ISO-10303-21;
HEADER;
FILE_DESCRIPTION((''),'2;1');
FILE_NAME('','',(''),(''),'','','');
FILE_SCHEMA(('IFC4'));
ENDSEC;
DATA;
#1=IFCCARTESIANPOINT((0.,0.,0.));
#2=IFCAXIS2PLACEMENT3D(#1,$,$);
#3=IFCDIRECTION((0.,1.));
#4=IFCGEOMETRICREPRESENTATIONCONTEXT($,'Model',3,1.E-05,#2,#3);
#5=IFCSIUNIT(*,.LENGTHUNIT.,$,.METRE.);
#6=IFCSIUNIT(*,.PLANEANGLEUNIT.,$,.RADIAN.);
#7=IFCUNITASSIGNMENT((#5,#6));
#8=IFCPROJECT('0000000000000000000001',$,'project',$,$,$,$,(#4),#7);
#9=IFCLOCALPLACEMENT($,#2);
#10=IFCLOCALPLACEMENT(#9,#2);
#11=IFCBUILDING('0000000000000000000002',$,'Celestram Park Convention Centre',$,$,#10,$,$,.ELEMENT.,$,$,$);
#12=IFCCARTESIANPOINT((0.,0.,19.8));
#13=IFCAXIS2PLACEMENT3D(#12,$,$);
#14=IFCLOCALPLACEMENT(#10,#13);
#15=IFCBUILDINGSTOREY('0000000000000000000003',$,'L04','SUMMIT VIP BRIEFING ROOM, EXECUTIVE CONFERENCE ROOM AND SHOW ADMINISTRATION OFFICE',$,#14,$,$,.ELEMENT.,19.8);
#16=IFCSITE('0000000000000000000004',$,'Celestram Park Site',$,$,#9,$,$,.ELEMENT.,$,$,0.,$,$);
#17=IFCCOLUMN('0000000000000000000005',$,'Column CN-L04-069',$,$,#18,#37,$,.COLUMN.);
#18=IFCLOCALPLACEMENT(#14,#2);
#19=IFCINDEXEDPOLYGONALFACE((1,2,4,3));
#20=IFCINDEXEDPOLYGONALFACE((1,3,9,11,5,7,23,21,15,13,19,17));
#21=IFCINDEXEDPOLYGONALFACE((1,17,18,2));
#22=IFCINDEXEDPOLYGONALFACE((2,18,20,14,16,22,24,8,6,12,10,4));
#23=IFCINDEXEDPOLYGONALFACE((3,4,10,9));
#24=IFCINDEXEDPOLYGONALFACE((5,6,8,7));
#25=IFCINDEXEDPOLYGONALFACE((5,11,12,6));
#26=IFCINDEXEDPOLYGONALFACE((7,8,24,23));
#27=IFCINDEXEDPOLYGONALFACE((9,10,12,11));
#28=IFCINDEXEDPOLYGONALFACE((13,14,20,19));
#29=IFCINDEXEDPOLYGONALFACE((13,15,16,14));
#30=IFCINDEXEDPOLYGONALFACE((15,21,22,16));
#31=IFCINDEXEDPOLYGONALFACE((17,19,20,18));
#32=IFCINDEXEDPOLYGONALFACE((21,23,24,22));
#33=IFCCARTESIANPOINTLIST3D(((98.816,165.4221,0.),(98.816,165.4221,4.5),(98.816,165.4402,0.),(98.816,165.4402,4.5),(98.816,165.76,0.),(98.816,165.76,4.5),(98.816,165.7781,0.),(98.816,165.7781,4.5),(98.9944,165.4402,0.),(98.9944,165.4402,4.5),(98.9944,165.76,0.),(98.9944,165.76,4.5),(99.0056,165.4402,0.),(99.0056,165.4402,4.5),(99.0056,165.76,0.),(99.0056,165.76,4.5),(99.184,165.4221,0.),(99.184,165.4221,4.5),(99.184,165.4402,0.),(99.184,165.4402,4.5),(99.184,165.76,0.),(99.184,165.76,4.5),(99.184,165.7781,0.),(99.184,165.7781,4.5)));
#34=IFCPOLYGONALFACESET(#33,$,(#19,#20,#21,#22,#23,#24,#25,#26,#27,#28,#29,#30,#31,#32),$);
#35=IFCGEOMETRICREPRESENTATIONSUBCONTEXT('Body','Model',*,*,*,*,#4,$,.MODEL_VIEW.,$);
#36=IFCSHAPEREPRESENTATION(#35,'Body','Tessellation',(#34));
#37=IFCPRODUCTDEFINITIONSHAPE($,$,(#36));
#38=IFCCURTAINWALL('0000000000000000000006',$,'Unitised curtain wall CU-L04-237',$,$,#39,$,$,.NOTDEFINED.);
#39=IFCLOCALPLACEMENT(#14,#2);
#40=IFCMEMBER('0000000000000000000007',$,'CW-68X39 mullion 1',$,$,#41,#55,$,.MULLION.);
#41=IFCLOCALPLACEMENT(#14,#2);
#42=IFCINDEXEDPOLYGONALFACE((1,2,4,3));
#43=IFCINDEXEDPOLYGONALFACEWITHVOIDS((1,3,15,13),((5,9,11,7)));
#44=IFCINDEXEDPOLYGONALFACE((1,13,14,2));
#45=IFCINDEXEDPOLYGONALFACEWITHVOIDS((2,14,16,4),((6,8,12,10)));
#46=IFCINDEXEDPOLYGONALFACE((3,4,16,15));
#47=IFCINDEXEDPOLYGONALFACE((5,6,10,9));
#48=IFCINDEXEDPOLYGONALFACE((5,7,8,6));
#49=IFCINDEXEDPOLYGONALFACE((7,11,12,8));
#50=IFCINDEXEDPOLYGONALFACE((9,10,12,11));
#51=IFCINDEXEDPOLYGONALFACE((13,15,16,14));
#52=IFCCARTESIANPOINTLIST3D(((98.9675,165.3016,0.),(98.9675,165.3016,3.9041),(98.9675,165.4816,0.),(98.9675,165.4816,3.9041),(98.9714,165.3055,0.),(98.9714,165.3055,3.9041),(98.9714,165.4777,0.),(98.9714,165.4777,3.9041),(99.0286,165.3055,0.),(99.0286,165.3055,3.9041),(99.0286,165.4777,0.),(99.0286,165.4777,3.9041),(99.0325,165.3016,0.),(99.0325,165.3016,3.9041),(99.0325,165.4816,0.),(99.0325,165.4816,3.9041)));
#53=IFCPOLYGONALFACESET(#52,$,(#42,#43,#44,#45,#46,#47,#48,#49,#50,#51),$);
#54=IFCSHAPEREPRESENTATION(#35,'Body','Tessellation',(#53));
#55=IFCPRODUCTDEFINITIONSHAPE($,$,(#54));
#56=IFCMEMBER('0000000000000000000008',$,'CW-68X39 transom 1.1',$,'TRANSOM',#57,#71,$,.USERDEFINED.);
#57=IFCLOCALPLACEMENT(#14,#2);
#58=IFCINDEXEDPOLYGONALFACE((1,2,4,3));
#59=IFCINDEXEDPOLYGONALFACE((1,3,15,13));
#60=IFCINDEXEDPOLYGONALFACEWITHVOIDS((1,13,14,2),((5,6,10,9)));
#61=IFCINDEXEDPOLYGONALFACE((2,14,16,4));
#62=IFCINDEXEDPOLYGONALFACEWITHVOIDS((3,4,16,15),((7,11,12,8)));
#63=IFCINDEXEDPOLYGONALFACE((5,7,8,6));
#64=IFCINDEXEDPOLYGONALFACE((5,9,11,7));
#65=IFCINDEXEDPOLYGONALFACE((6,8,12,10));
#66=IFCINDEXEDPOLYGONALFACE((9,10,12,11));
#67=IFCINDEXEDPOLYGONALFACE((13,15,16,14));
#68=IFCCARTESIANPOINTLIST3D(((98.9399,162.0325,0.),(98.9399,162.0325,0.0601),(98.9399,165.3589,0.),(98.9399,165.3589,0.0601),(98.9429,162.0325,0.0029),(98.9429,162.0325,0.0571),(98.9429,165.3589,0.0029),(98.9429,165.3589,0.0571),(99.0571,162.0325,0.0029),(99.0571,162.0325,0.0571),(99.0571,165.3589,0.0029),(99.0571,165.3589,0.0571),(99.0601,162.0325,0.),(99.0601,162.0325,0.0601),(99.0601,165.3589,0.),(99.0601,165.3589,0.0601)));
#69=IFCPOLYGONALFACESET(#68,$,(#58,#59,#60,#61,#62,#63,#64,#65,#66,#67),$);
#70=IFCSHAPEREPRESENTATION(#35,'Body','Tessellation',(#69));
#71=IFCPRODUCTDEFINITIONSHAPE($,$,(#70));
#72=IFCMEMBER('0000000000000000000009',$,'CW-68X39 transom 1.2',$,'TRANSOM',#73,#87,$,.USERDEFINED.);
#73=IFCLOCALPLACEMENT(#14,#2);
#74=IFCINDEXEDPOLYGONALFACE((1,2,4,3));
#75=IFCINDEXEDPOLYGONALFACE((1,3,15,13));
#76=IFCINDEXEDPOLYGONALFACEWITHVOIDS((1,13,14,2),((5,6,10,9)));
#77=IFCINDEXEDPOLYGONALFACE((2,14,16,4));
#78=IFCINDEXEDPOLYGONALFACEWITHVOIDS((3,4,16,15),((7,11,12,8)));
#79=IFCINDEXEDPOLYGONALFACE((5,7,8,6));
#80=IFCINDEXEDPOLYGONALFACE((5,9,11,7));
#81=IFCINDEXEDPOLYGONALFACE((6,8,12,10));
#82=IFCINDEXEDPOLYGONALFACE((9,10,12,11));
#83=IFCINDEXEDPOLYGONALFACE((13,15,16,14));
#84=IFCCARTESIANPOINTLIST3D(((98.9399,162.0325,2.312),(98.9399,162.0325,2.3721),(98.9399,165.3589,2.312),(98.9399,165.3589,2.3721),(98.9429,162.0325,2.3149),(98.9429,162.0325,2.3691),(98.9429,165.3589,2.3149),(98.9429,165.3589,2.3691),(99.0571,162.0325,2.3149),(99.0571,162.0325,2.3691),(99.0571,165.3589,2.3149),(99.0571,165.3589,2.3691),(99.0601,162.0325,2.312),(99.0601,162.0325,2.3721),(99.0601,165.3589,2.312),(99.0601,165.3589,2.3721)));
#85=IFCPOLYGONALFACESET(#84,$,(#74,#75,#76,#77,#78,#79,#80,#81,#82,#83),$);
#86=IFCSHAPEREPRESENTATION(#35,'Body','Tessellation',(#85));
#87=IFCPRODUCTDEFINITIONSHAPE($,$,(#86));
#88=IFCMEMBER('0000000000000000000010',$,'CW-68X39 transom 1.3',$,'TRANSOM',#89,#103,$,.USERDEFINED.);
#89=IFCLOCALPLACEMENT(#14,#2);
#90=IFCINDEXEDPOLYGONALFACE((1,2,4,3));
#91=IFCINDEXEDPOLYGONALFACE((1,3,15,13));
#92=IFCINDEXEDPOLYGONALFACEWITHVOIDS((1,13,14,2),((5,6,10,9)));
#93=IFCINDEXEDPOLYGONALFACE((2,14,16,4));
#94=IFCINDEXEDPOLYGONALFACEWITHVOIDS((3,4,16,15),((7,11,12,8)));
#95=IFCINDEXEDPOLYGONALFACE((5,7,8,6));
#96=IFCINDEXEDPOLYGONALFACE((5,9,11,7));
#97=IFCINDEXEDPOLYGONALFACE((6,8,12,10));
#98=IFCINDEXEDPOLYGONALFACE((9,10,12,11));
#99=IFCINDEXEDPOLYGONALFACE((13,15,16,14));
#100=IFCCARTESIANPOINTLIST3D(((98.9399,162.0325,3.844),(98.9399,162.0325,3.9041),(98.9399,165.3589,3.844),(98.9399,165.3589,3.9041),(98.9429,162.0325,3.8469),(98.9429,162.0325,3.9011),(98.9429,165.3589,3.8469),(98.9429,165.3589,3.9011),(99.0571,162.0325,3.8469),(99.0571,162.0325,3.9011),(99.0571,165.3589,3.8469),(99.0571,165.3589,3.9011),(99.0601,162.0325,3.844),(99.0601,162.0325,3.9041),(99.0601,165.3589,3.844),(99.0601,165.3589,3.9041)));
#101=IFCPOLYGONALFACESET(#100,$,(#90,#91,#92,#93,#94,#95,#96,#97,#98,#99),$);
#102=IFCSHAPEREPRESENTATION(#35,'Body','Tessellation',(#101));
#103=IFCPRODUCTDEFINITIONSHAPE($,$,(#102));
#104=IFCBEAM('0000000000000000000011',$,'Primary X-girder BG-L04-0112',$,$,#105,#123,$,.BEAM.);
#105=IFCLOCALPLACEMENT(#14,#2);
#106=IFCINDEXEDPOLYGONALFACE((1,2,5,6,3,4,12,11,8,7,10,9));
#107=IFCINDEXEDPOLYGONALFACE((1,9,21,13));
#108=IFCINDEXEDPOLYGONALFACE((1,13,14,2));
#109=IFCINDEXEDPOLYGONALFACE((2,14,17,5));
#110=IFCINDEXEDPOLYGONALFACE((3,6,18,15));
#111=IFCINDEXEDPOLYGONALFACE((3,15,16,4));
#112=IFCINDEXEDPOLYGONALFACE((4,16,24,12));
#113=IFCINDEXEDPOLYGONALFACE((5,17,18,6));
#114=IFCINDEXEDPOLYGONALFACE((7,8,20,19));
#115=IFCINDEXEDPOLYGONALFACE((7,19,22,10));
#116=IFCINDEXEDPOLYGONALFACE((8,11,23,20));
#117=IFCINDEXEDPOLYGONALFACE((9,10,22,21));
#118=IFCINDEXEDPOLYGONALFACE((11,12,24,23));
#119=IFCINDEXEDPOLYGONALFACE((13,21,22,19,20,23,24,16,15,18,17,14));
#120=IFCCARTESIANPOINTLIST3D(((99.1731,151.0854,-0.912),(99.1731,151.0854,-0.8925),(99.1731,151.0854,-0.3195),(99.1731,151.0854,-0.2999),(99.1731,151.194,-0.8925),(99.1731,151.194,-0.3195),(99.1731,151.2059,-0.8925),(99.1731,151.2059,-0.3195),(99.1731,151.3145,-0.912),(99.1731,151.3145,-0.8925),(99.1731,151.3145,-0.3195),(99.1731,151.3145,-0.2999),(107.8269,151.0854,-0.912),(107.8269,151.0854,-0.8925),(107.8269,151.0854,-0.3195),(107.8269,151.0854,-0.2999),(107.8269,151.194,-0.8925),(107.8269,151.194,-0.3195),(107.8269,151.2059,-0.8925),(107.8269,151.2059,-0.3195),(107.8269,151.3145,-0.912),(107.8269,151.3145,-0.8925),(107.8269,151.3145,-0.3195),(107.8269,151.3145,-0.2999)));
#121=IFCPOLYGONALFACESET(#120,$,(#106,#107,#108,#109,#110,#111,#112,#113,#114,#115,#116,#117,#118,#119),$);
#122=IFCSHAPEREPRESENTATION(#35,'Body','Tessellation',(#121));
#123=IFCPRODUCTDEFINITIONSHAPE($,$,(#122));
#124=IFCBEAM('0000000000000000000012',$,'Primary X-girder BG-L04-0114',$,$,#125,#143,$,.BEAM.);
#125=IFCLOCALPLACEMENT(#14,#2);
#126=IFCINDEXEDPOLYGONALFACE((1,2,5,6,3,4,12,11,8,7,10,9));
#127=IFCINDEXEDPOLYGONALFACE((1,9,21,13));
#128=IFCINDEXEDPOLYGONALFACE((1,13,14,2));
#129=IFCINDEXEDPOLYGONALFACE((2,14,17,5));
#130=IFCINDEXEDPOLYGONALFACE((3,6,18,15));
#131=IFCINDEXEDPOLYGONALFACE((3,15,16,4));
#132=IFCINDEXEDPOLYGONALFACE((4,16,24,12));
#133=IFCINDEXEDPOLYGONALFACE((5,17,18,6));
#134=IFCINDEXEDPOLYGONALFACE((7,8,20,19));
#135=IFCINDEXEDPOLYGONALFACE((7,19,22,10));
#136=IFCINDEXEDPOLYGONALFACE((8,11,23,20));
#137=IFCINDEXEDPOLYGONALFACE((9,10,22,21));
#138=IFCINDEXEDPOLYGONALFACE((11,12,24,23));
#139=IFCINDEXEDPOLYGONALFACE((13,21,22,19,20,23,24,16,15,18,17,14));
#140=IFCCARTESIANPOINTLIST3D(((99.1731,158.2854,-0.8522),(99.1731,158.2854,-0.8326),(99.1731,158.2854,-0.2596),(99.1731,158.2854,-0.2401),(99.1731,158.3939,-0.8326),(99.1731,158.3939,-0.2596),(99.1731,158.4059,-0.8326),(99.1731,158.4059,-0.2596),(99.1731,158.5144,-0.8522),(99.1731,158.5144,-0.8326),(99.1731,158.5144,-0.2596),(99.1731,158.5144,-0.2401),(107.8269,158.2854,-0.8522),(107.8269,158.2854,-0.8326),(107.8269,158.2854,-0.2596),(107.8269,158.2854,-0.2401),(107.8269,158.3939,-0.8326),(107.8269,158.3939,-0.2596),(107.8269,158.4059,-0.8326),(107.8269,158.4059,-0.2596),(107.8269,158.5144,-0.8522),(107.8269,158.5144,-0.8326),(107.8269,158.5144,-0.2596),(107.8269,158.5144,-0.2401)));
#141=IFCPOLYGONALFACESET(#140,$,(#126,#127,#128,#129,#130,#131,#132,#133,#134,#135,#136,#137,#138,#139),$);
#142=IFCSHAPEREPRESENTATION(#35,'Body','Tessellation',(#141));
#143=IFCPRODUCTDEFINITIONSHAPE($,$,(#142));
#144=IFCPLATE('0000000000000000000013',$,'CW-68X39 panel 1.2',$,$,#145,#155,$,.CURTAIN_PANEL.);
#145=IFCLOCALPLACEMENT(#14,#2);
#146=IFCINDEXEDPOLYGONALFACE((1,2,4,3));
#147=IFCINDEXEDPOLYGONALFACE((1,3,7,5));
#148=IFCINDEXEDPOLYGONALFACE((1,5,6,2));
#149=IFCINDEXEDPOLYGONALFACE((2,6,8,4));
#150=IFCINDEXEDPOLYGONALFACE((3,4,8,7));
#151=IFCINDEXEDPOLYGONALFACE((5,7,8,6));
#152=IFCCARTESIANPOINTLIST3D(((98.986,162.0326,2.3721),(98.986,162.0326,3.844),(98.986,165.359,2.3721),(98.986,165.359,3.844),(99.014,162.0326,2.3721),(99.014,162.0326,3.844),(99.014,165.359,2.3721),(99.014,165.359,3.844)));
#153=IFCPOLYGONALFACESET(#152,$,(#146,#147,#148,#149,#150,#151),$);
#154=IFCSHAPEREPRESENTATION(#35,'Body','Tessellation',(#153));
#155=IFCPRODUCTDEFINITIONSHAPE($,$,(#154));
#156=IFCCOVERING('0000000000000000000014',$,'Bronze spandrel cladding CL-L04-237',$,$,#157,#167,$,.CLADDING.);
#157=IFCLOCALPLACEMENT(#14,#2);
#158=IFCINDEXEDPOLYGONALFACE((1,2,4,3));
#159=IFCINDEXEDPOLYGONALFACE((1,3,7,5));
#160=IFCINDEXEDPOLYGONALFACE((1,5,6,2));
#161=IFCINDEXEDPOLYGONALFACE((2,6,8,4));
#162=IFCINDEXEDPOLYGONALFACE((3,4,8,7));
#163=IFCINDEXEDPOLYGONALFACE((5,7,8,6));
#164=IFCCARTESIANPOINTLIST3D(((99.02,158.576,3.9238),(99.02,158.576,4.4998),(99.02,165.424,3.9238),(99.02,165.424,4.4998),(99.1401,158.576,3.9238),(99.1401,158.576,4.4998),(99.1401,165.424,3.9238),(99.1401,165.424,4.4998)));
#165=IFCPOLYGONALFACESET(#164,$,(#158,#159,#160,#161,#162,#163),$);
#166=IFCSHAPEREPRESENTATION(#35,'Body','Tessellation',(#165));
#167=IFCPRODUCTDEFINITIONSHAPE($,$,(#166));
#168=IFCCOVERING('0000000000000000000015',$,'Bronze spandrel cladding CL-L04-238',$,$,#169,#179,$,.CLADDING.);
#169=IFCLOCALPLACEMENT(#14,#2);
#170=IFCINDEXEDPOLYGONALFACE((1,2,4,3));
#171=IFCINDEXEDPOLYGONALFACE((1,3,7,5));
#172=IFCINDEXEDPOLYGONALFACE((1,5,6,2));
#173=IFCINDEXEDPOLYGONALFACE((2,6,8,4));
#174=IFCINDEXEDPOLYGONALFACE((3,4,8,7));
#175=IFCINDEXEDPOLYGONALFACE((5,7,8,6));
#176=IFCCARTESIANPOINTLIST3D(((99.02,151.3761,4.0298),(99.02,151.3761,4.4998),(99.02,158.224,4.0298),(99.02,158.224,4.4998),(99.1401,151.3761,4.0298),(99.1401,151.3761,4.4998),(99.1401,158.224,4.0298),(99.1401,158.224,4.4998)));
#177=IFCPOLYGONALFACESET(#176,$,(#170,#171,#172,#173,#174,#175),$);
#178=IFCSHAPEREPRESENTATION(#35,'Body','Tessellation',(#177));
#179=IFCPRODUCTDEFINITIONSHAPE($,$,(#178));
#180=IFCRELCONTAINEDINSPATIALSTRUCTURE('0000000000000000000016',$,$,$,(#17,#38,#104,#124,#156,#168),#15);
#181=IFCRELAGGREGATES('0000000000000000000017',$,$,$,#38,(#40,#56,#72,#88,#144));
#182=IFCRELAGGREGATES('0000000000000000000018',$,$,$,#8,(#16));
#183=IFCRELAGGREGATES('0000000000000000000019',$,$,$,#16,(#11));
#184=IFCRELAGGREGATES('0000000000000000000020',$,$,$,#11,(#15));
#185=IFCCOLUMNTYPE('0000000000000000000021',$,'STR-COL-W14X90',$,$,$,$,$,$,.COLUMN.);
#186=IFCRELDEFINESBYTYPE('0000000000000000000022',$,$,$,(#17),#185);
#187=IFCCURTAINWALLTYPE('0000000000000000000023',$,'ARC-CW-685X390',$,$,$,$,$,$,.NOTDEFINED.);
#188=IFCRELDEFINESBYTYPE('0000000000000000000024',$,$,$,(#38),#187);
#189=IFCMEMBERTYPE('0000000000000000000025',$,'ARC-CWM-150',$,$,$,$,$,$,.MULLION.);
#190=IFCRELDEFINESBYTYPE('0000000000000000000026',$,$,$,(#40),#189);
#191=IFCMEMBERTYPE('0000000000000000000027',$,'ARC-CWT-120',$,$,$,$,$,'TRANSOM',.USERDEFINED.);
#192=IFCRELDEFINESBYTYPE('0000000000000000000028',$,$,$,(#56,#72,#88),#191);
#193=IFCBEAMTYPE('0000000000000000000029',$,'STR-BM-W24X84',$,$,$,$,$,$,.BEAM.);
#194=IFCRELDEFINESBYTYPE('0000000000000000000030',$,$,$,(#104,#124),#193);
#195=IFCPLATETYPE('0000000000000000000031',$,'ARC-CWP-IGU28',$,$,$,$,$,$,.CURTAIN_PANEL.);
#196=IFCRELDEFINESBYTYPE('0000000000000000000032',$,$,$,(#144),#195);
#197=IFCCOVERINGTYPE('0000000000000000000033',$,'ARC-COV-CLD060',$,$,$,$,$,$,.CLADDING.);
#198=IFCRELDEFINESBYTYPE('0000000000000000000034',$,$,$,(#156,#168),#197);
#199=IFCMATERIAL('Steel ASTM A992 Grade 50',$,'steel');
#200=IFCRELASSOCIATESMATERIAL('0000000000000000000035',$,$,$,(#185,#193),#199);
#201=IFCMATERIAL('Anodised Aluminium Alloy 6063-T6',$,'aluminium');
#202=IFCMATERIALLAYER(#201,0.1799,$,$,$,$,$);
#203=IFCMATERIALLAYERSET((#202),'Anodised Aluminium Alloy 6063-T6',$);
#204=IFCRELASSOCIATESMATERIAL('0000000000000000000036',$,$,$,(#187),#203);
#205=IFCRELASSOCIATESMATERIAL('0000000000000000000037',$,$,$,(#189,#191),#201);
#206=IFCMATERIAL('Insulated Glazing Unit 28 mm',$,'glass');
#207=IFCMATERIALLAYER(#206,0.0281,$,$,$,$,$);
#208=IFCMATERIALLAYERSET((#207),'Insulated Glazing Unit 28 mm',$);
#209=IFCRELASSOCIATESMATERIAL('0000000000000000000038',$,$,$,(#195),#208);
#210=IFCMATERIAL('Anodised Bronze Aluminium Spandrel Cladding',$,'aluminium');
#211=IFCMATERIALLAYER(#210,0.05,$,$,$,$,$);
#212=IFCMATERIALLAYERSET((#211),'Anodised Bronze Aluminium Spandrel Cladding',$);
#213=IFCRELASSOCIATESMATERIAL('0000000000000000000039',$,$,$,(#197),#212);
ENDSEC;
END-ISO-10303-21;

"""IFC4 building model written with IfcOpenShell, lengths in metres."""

from ifc_helpers import new_model, si_unit, direction, frame, origin, origin_2d, place, context, subcontext, project, spatial, rectangle, hollow_rectangle, i_section, extrude, material, layer, layer_set, material_profile, profile_set, type_object, element, aggregate, save


model = new_model("IFC4")

# Units and contexts
model_context = context("Model", 3, precision=1e-05, world=origin(), true_north=direction((0.0, 1.0)))
body_context = subcontext(model_context, "Body", "Model", "MODEL_VIEW")
ifc_project = project(units=[si_unit("LENGTHUNIT", "METRE"), si_unit("PLANEANGLEUNIT", "RADIAN")], contexts=[model_context])

# Site, building, storey
site_placement = place(None, origin())
site = spatial("IfcSite", under=ifc_project, at=site_placement, Name="Celestram Park Site", CompositionType="ELEMENT", RefElevation=0.0)
building_placement = place(site_placement, origin())
building = spatial("IfcBuilding", under=site, at=building_placement, Name="Celestram Park Convention Centre", CompositionType="ELEMENT")
storey_placement = place(building_placement, frame((0.0, 0.0, 19.8)))
storey = spatial("IfcBuildingStorey", under=building, at=storey_placement, Name="L04", Description="SUMMIT VIP BRIEFING ROOM, EXECUTIVE CONFERENCE ROOM AND SHOW ADMINISTRATION OFFICE", CompositionType="ELEMENT", Elevation=19.8)

# Column
ifc_material_1 = material(Name="Steel ASTM A992 Grade 50", Category="steel")
ifc_material_profile_1 = material_profile(ifc_material_1, i_section(OverallWidth=0.3679, OverallDepth=0.356, WebThickness=0.0112, FlangeThickness=0.0181, at=origin_2d()), Name="W14X90")
ifc_profile_set_1 = profile_set([ifc_material_profile_1], Name="Steel ASTM A992 Grade 50")
column_type = type_object("IfcColumnType", Name="STR-COL-W14X90", PredefinedType="COLUMN", material=ifc_profile_set_1)
column_placement = place(storey_placement, frame((99.0, 165.6001, 0.0), z_axis=(0.0, 0.0, 1.0), x_axis=(1.0, 0.0, 0.0)))
element("IfcColumn", 1, at=column_placement, inside=storey, type_object=column_type, Name="Column CN-L04-069", PredefinedType="COLUMN", context=body_context, shape_type="SweptSolid", body=[
    extrude(i_section(OverallWidth=0.3679, OverallDepth=0.356, WebThickness=0.0112, FlangeThickness=0.0181, at=origin_2d()), origin(), (0.0, 0.0, 1.0), 4.5),
])

# Curtain wall, members
ifc_material_2 = material(Name="Anodised Aluminium Alloy 6063-T6", Category="aluminium")
ifc_layer_1 = layer(ifc_material_2, 0.1799)
ifc_layer_set_1 = layer_set([ifc_layer_1], Name="Anodised Aluminium Alloy 6063-T6")
curtain_wall_type = type_object("IfcCurtainWallType", Name="ARC-CW-685X390", PredefinedType="NOTDEFINED", material=ifc_layer_set_1)
curtain_wall_placement = place(storey_placement, origin())
curtain_wall = element("IfcCurtainWall", 2, at=curtain_wall_placement, inside=storey, type_object=curtain_wall_type, Name="Unitised curtain wall CU-L04-237", PredefinedType="NOTDEFINED")
ifc_material_profile_2 = material_profile(ifc_material_2, hollow_rectangle(XDim=0.0649, YDim=0.1799, WallThickness=0.0039, at=origin_2d()), Name="ALU65X180X4")
ifc_profile_set_2 = profile_set([ifc_material_profile_2], Name="Anodised Aluminium Alloy 6063-T6")
member_type_1 = type_object("IfcMemberType", Name="ARC-CWM-150", PredefinedType="MULLION", material=ifc_profile_set_2)
member_1_placement = place(storey_placement, frame((99.0, 165.3916, 0.0), z_axis=(0.0, 0.0, 1.0), x_axis=(1.0, 0.0, 0.0)))
member_1 = element("IfcMember", 3, at=member_1_placement, type_object=member_type_1, Name="CW-68X39 mullion 1", PredefinedType="MULLION", context=body_context, shape_type="SweptSolid", body=[
    extrude(hollow_rectangle(XDim=0.0649, YDim=0.1799, WallThickness=0.0039, at=origin_2d()), origin(), (0.0, 0.0, 1.0), 3.9041),
])
ifc_material_profile_3 = material_profile(ifc_material_2, hollow_rectangle(XDim=0.1201, YDim=0.0601, WallThickness=0.0029, at=origin_2d()), Name="ALU120X60X3")
ifc_profile_set_3 = profile_set([ifc_material_profile_3], Name="Anodised Aluminium Alloy 6063-T6")
member_type_2 = type_object("IfcMemberType", Name="ARC-CWT-120", ElementType="TRANSOM", PredefinedType="USERDEFINED", material=ifc_profile_set_3)
member_2_placement = place(storey_placement, frame((99.0, 165.3589, 0.03), z_axis=(0.0, -1.0, 0.0), x_axis=(1.0, 0.0, 0.0)))
member_2 = element("IfcMember", 4, at=member_2_placement, type_object=member_type_2, Name="CW-68X39 transom 1.1", ObjectType="TRANSOM", PredefinedType="USERDEFINED", context=body_context, shape_type="SweptSolid", body=[
    extrude(hollow_rectangle(XDim=0.1201, YDim=0.0601, WallThickness=0.0029, at=origin_2d()), origin(), (0.0, 0.0, 1.0), 3.3264),
])
member_3_placement = place(storey_placement, frame((99.0, 165.3589, 2.342), z_axis=(0.0, -1.0, 0.0), x_axis=(1.0, 0.0, 0.0)))
member_3 = element("IfcMember", 5, at=member_3_placement, type_object=member_type_2, Name="CW-68X39 transom 1.2", ObjectType="TRANSOM", PredefinedType="USERDEFINED", context=body_context, shape_type="SweptSolid", body=[
    extrude(hollow_rectangle(XDim=0.1201, YDim=0.0601, WallThickness=0.0029, at=origin_2d()), origin(), (0.0, 0.0, 1.0), 3.3264),
])
member_4_placement = place(storey_placement, frame((99.0, 165.3589, 3.874), z_axis=(0.0, -1.0, 0.0), x_axis=(1.0, 0.0, 0.0)))
member_4 = element("IfcMember", 6, at=member_4_placement, type_object=member_type_2, Name="CW-68X39 transom 1.3", ObjectType="TRANSOM", PredefinedType="USERDEFINED", context=body_context, shape_type="SweptSolid", body=[
    extrude(hollow_rectangle(XDim=0.1201, YDim=0.0601, WallThickness=0.0029, at=origin_2d()), origin(), (0.0, 0.0, 1.0), 3.3264),
])

# Beams
ifc_material_profile_4 = material_profile(ifc_material_1, i_section(OverallWidth=0.229, OverallDepth=0.6121, WebThickness=0.012, FlangeThickness=0.0195, at=origin_2d()), Name="W24X84")
ifc_profile_set_4 = profile_set([ifc_material_profile_4], Name="Steel ASTM A992 Grade 50")
beam_type = type_object("IfcBeamType", Name="STR-BM-W24X84", PredefinedType="BEAM", material=ifc_profile_set_4)
for number, where, z_axis, x_axis, name in (
    (7, (99.1731, 151.2, -0.606), (1.0, 0.0, 0.0), (0.0, 1.0, 0.0), "Primary X-girder BG-L04-0112"),
    (8, (99.1731, 158.3999, -0.5461), (1.0, 0.0, 0.0), (0.0, 1.0, 0.0), "Primary X-girder BG-L04-0114"),
):
    element("IfcBeam", number, at=place(storey_placement, frame(where, z_axis=z_axis, x_axis=x_axis)), inside=storey, type_object=beam_type, Name=name, PredefinedType="BEAM", context=body_context, shape_type="SweptSolid", body=[
        extrude(i_section(OverallWidth=0.229, OverallDepth=0.6121, WebThickness=0.012, FlangeThickness=0.0195, at=origin_2d()), origin(), (0.0, 0.0, 1.0), 8.6538),
    ])

# Plate
ifc_material_3 = material(Name="Insulated Glazing Unit 28 mm", Category="glass")
ifc_layer_2 = layer(ifc_material_3, 0.0281)
ifc_layer_set_2 = layer_set([ifc_layer_2], Name="Insulated Glazing Unit 28 mm")
plate_type = type_object("IfcPlateType", Name="ARC-CWP-IGU28", PredefinedType="CURTAIN_PANEL", material=ifc_layer_set_2)
plate_placement = place(storey_placement, frame((99.0, 163.6958, 2.3721), z_axis=(0.0, 0.0, 1.0), x_axis=(0.0, -1.0, 0.0)))
plate = element("IfcPlate", 9, at=plate_placement, type_object=plate_type, Name="CW-68X39 panel 1.2", PredefinedType="CURTAIN_PANEL", context=body_context, shape_type="SweptSolid", body=[
    extrude(rectangle(XDim=3.3264, YDim=0.0281, at=origin_2d()), origin(), (0.0, 0.0, 1.0), 1.4719),
])
aggregate(curtain_wall, [member_1, member_2, member_3, member_4, plate])

# Coverings
ifc_material_4 = material(Name="Anodised Bronze Aluminium Spandrel Cladding", Category="aluminium")
ifc_layer_3 = layer(ifc_material_4, 0.05)
ifc_layer_set_3 = layer_set([ifc_layer_3], Name="Anodised Bronze Aluminium Spandrel Cladding")
covering_type = type_object("IfcCoveringType", Name="ARC-COV-CLD060", PredefinedType="CLADDING", material=ifc_layer_set_3)
covering_1_placement = place(storey_placement, frame((99.0801, 162.0, 3.9238), z_axis=(0.0, 0.0, 1.0), x_axis=(0.0, -1.0, 0.0)))
element("IfcCovering", 10, at=covering_1_placement, inside=storey, type_object=covering_type, Name="Bronze spandrel cladding CL-L04-237", PredefinedType="CLADDING", context=body_context, shape_type="SweptSolid", body=[
    extrude(rectangle(XDim=6.8479, YDim=0.1201, at=origin_2d()), origin(), (0.0, 0.0, 1.0), 0.5759),
])
covering_2_placement = place(storey_placement, frame((99.0801, 154.8, 4.0298), z_axis=(0.0, 0.0, 1.0), x_axis=(0.0, -1.0, 0.0)))
element("IfcCovering", 11, at=covering_2_placement, inside=storey, type_object=covering_type, Name="Bronze spandrel cladding CL-L04-238", PredefinedType="CLADDING", context=body_context, shape_type="SweptSolid", body=[
    extrude(rectangle(XDim=6.8479, YDim=0.1201, at=origin_2d()), origin(), (0.0, 0.0, 1.0), 0.47),
])

save(model, "model.ifc")
